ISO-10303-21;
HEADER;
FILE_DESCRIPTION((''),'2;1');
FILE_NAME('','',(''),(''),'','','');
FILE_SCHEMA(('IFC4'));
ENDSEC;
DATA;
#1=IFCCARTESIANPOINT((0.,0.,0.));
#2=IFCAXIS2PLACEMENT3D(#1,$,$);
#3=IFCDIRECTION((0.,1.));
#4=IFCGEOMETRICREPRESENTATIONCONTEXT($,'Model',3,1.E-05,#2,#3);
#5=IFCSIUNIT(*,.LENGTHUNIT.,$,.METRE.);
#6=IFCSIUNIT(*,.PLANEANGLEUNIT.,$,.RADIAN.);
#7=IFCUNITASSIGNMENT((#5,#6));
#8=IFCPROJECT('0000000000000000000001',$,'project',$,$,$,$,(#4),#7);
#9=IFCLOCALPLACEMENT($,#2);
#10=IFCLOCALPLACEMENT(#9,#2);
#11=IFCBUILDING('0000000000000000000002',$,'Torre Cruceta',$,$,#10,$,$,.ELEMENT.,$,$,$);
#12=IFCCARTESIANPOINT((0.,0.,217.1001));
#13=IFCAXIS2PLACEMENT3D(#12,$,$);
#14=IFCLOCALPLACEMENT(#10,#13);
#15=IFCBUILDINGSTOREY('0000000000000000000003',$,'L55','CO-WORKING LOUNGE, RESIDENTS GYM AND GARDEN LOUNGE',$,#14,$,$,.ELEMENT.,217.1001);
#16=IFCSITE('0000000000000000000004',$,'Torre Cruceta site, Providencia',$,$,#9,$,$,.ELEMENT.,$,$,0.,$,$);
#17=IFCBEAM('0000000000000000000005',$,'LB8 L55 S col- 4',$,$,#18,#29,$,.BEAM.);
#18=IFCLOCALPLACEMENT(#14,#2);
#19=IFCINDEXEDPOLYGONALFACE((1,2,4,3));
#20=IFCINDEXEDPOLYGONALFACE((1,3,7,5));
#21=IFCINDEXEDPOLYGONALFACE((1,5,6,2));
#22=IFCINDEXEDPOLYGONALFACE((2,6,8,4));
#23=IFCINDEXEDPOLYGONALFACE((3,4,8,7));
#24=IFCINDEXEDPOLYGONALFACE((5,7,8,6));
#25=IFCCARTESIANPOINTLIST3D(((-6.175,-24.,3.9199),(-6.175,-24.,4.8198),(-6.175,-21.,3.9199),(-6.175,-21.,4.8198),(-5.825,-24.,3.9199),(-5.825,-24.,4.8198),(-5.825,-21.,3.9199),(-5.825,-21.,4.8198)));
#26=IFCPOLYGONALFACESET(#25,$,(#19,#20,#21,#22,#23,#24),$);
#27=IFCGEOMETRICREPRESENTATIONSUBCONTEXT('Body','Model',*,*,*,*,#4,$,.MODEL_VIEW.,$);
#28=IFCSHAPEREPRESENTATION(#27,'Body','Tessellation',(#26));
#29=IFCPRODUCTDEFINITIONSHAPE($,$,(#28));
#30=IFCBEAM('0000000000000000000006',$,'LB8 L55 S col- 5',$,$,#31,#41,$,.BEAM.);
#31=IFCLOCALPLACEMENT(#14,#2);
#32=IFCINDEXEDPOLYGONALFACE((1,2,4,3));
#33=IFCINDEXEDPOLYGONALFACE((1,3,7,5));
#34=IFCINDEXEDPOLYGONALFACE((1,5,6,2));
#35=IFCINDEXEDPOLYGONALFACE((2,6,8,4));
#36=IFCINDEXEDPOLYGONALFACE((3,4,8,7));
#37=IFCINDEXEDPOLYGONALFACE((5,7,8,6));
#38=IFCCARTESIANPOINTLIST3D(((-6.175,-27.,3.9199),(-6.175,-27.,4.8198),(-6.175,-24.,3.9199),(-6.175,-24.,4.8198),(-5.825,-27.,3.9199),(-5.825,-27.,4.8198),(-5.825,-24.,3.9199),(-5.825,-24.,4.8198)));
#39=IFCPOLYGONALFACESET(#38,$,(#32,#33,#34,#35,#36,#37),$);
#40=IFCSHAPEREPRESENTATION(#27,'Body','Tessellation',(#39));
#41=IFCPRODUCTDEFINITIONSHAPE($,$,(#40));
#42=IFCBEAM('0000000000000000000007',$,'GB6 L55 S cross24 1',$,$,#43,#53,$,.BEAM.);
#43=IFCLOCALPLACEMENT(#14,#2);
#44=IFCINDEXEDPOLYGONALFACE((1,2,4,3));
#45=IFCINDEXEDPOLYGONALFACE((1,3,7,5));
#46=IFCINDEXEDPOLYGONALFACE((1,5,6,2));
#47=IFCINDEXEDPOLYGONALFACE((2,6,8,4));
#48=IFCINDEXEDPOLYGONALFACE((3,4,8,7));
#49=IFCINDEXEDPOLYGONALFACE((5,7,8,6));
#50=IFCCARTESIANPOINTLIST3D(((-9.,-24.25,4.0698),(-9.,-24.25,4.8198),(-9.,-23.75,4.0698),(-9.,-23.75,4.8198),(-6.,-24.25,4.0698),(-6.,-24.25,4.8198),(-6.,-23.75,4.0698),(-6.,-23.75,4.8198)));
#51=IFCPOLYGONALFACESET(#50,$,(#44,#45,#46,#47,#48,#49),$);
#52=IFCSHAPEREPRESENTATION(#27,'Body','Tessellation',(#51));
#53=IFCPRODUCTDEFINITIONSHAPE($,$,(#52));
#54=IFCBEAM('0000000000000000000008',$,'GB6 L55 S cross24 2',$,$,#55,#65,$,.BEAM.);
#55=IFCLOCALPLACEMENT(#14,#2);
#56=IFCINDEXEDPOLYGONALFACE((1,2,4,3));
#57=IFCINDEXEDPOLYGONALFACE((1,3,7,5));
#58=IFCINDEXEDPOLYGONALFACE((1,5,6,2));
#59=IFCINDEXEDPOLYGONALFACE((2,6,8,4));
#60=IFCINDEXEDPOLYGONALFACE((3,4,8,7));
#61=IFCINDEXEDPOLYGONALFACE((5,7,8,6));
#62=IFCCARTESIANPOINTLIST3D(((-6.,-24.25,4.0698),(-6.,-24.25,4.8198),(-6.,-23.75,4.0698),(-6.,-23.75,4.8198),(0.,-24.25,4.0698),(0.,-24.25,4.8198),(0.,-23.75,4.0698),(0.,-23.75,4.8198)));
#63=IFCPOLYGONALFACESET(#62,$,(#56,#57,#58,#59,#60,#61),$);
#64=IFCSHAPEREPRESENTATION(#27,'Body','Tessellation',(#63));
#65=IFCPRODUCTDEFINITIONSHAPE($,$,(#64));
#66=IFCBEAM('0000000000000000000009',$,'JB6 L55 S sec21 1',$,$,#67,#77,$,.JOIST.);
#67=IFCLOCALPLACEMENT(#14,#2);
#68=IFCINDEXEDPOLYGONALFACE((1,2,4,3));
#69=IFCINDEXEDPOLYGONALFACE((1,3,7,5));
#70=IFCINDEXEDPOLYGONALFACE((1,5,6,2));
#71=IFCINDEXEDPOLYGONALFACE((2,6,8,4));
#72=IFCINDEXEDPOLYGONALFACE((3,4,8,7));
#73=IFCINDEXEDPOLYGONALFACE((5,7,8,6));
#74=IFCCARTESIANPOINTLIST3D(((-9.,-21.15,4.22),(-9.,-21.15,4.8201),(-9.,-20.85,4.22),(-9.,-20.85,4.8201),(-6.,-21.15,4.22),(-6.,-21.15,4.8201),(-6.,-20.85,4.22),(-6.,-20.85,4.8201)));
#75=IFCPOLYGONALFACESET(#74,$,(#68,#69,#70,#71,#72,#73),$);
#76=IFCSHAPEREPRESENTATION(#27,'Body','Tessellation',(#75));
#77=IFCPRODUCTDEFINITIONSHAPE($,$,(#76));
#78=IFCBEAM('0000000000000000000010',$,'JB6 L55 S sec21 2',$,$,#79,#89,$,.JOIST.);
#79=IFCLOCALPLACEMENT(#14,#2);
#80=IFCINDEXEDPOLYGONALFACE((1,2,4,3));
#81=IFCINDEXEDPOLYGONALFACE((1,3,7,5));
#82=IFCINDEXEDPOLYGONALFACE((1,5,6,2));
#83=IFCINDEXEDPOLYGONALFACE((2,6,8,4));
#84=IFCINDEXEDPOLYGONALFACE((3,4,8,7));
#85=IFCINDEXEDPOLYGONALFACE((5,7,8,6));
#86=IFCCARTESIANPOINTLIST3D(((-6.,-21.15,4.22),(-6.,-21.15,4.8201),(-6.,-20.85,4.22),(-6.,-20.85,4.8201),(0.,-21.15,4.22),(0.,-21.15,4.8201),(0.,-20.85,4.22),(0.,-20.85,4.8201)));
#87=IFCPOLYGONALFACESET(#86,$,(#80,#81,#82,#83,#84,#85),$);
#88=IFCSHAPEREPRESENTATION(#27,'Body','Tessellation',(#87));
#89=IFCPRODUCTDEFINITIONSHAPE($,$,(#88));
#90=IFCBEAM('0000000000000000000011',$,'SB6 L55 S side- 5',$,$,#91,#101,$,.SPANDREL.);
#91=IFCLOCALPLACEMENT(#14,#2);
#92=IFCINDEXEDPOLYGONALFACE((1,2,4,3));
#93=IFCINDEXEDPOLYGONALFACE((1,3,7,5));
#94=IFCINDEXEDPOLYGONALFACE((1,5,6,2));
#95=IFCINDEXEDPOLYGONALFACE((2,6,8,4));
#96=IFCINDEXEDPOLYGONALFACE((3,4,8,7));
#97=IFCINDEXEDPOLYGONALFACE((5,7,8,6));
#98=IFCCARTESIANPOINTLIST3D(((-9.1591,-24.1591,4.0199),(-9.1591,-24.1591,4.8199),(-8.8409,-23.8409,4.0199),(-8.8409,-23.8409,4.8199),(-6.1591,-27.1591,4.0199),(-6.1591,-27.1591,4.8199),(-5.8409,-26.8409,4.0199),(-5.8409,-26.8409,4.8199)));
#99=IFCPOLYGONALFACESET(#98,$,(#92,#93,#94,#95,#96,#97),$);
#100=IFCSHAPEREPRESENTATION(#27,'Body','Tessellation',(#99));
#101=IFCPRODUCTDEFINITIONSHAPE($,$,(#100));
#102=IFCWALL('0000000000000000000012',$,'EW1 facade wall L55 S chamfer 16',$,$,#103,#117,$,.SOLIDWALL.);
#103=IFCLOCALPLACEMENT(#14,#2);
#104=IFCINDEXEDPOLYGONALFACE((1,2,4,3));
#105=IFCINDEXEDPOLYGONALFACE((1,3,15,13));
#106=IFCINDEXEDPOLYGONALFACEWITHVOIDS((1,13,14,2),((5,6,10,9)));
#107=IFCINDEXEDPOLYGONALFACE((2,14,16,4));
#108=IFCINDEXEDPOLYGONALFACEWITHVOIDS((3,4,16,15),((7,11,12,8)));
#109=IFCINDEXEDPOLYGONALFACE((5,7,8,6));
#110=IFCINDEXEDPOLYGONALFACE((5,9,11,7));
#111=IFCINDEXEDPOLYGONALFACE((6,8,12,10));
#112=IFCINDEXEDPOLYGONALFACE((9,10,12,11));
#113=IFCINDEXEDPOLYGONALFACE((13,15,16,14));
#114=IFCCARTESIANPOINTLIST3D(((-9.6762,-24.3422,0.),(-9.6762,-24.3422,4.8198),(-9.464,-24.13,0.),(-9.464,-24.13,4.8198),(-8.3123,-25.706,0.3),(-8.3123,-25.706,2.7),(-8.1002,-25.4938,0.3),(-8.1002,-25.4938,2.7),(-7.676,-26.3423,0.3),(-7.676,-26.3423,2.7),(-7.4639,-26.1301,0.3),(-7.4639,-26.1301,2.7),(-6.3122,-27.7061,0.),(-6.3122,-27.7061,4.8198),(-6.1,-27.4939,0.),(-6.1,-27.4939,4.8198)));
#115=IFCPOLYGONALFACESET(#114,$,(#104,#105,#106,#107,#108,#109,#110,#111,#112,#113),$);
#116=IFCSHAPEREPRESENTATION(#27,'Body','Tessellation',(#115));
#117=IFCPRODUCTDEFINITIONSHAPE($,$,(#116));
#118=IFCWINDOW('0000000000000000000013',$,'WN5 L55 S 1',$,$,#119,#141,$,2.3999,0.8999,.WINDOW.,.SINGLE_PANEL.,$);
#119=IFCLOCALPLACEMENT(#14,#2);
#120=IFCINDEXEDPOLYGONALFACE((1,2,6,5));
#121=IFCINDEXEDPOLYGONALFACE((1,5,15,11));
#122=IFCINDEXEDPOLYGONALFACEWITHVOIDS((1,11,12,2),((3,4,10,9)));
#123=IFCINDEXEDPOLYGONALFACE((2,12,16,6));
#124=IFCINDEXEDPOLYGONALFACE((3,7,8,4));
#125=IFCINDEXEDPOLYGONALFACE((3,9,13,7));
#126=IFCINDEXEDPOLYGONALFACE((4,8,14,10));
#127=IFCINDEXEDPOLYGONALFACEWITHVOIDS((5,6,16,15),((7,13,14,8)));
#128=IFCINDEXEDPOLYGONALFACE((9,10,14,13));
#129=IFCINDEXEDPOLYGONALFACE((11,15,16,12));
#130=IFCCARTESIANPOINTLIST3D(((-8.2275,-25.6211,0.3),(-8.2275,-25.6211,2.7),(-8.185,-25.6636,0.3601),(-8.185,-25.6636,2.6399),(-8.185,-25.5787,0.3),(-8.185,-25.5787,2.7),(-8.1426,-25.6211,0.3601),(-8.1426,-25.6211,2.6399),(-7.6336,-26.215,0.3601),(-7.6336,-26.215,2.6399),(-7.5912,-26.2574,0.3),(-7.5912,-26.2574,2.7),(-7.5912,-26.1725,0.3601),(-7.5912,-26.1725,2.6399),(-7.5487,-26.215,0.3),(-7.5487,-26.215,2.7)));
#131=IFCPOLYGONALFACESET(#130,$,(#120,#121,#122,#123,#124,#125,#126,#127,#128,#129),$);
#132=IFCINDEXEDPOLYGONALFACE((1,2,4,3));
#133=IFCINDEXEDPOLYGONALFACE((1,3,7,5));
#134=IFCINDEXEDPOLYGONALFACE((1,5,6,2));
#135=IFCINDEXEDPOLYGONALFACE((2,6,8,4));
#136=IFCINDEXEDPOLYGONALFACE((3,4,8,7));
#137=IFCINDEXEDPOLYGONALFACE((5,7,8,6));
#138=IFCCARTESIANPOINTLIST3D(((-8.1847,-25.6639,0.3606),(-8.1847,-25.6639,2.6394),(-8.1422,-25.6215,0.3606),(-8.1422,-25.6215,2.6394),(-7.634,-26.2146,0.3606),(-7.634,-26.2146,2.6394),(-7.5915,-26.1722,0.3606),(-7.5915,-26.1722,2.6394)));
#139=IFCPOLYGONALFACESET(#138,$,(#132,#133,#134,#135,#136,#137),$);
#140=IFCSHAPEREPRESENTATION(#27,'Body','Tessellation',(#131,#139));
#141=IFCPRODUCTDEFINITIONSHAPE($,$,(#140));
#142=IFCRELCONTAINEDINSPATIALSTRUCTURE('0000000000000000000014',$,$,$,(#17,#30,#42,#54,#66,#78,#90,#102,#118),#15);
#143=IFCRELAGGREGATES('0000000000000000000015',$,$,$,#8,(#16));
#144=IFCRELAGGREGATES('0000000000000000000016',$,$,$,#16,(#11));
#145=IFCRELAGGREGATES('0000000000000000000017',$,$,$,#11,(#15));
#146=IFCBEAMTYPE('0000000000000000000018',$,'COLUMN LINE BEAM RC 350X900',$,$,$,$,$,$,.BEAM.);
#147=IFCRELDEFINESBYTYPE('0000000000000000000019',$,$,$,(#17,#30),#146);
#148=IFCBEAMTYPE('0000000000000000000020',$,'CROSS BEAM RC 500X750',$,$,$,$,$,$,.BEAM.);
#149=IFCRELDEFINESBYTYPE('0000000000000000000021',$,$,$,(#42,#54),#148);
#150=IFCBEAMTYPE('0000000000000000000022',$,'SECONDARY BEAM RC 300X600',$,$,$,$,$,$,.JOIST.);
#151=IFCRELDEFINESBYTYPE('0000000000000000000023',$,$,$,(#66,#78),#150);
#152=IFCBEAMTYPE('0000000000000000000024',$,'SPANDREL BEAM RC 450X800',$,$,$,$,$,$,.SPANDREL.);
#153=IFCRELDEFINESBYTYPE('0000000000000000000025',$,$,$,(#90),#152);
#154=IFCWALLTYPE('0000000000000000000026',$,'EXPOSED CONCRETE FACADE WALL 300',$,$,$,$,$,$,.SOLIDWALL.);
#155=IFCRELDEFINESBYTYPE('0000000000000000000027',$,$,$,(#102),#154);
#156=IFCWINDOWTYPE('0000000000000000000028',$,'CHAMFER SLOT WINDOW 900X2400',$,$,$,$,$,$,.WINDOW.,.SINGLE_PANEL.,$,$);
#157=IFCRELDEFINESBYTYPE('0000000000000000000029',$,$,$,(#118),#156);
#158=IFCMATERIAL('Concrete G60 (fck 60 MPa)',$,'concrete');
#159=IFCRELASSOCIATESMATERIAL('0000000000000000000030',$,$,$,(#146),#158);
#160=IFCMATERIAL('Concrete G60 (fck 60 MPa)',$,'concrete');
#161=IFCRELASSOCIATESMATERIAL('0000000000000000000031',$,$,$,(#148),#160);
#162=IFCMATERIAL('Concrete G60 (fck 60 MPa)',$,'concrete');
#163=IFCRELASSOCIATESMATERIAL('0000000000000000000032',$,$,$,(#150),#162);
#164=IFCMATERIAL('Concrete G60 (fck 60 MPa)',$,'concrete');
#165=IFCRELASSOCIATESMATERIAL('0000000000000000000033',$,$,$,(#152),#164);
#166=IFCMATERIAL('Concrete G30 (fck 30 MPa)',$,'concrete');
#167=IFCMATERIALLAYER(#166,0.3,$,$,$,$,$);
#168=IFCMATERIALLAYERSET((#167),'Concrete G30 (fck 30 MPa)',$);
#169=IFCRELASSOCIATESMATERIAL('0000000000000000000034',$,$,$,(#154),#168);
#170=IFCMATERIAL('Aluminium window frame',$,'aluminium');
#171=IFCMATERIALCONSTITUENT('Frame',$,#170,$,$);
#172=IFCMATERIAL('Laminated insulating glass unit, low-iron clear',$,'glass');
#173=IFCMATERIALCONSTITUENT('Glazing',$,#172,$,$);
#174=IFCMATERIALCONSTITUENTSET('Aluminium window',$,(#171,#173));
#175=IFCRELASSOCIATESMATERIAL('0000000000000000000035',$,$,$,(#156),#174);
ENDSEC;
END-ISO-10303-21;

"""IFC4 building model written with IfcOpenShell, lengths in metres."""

from ifc_helpers import new_model, si_unit, direction, frame, frame_2d, origin, origin_2d, place, context, subcontext, project, spatial, rectangle, hollow_rectangle, extrude, material, layer, layer_set, constituent, constituent_set, material_profile, profile_set, type_object, element, fill, save


model = new_model("IFC4")

# Units and contexts
model_context = context("Model", 3, precision=1e-05, world=origin(), true_north=direction((0.0, 1.0)))
body_context = subcontext(model_context, "Body", "Model", "MODEL_VIEW")
ifc_project = project(units=[si_unit("LENGTHUNIT", "METRE"), si_unit("PLANEANGLEUNIT", "RADIAN")], contexts=[model_context])

# Site, building, storey
site_placement = place(None, origin())
site = spatial("IfcSite", under=ifc_project, at=site_placement, Name="Torre Cruceta site, Providencia", CompositionType="ELEMENT", RefElevation=0.0)
building_placement = place(site_placement, origin())
building = spatial("IfcBuilding", under=site, at=building_placement, Name="Torre Cruceta", CompositionType="ELEMENT")
storey_placement = place(building_placement, frame((0.0, 0.0, 217.1001)))
storey = spatial("IfcBuildingStorey", under=building, at=storey_placement, Name="L55", Description="CO-WORKING LOUNGE, RESIDENTS GYM AND GARDEN LOUNGE", CompositionType="ELEMENT", Elevation=217.1001)

# Beams
ifc_material_1 = material(Name="Concrete G60 (fck 60 MPa)", Category="concrete")
ifc_material_profile_1 = material_profile(ifc_material_1, rectangle(XDim=0.3501, YDim=0.8999, at=origin_2d()), Name="RC 350X900")
ifc_profile_set_1 = profile_set([ifc_material_profile_1], Name="Concrete G60 (fck 60 MPa)")
beam_type_1 = type_object("IfcBeamType", Name="COLUMN LINE BEAM RC 350X900", PredefinedType="BEAM", material=ifc_profile_set_1)
for number, where, z_axis, x_axis, name in (
    (1, (-6.0, -21.0, 4.3699), (0.0, -1.0, 0.0), (1.0, 0.0, 0.0), "LB8 L55 S col- 4"),
    (2, (-6.0, -24.0, 4.3699), (0.0, -1.0, 0.0), (1.0, 0.0, 0.0), "LB8 L55 S col- 5"),
):
    element("IfcBeam", number, at=place(storey_placement, frame(where, z_axis=z_axis, x_axis=x_axis)), inside=storey, type_object=beam_type_1, Name=name, PredefinedType="BEAM", context=body_context, shape_type="SweptSolid", body=[
        extrude(rectangle(XDim=0.3501, YDim=0.8999, at=origin_2d()), origin(), (0.0, 0.0, 1.0), 3.0),
    ])
ifc_material_2 = material(Name="Concrete G60 (fck 60 MPa)", Category="concrete")
ifc_material_profile_2 = material_profile(ifc_material_2, rectangle(XDim=0.5, YDim=0.75, at=origin_2d()), Name="RC 500X750")
ifc_profile_set_2 = profile_set([ifc_material_profile_2], Name="Concrete G60 (fck 60 MPa)")
beam_type_2 = type_object("IfcBeamType", Name="CROSS BEAM RC 500X750", PredefinedType="BEAM", material=ifc_profile_set_2)
beam_1_placement = place(storey_placement, frame((-9.0, -24.0, 4.4448), z_axis=(1.0, 0.0, 0.0), x_axis=(0.0, 1.0, 0.0)))
element("IfcBeam", 3, at=beam_1_placement, inside=storey, type_object=beam_type_2, Name="GB6 L55 S cross24 1", PredefinedType="BEAM", context=body_context, shape_type="SweptSolid", body=[
    extrude(rectangle(XDim=0.5, YDim=0.75, at=origin_2d()), origin(), (0.0, 0.0, 1.0), 3.0),
])
beam_2_placement = place(storey_placement, frame((-6.0, -24.0, 4.4448), z_axis=(1.0, 0.0, 0.0), x_axis=(0.0, 1.0, 0.0)))
element("IfcBeam", 4, at=beam_2_placement, inside=storey, type_object=beam_type_2, Name="GB6 L55 S cross24 2", PredefinedType="BEAM", context=body_context, shape_type="SweptSolid", body=[
    extrude(rectangle(XDim=0.5, YDim=0.75, at=origin_2d()), origin(), (0.0, 0.0, 1.0), 6.0),
])
ifc_material_3 = material(Name="Concrete G60 (fck 60 MPa)", Category="concrete")
ifc_material_profile_3 = material_profile(ifc_material_3, rectangle(XDim=0.3, YDim=0.6001, at=origin_2d()), Name="RC 300X600")
ifc_profile_set_3 = profile_set([ifc_material_profile_3], Name="Concrete G60 (fck 60 MPa)")
beam_type_3 = type_object("IfcBeamType", Name="SECONDARY BEAM RC 300X600", PredefinedType="JOIST", material=ifc_profile_set_3)
beam_3_placement = place(storey_placement, frame((-9.0, -21.0, 4.52), z_axis=(1.0, 0.0, 0.0), x_axis=(0.0, 1.0, 0.0)))
element("IfcBeam", 5, at=beam_3_placement, inside=storey, type_object=beam_type_3, Name="JB6 L55 S sec21 1", PredefinedType="JOIST", context=body_context, shape_type="SweptSolid", body=[
    extrude(rectangle(XDim=0.3, YDim=0.6001, at=origin_2d()), origin(), (0.0, 0.0, 1.0), 3.0),
])
beam_4_placement = place(storey_placement, frame((-6.0, -21.0, 4.52), z_axis=(1.0, 0.0, 0.0), x_axis=(0.0, 1.0, 0.0)))
element("IfcBeam", 6, at=beam_4_placement, inside=storey, type_object=beam_type_3, Name="JB6 L55 S sec21 2", PredefinedType="JOIST", context=body_context, shape_type="SweptSolid", body=[
    extrude(rectangle(XDim=0.3, YDim=0.6001, at=origin_2d()), origin(), (0.0, 0.0, 1.0), 6.0),
])
ifc_material_4 = material(Name="Concrete G60 (fck 60 MPa)", Category="concrete")
ifc_material_profile_4 = material_profile(ifc_material_4, rectangle(XDim=0.45, YDim=0.8, at=origin_2d()), Name="RC 450X800")
ifc_profile_set_4 = profile_set([ifc_material_profile_4], Name="Concrete G60 (fck 60 MPa)")
beam_type_4 = type_object("IfcBeamType", Name="SPANDREL BEAM RC 450X800", PredefinedType="SPANDREL", material=ifc_profile_set_4)
beam_5_placement = place(storey_placement, frame((-9.0, -24.0, 4.4199), z_axis=(0.707107, -0.707107, 0.0), x_axis=(0.707107, 0.707107, 0.0)))
element("IfcBeam", 7, at=beam_5_placement, inside=storey, type_object=beam_type_4, Name="SB6 L55 S side- 5", PredefinedType="SPANDREL", context=body_context, shape_type="SweptSolid", body=[
    extrude(rectangle(XDim=0.45, YDim=0.8, at=origin_2d()), origin(), (0.0, 0.0, 1.0), 4.2427),
])

# Wall, opening, window
ifc_material_5 = material(Name="Concrete G30 (fck 30 MPa)", Category="concrete")
ifc_layer_1 = layer(ifc_material_5, 0.3)
ifc_layer_set_1 = layer_set([ifc_layer_1], Name="Concrete G30 (fck 30 MPa)")
wall_type_1 = type_object("IfcWallType", Name="EXPOSED CONCRETE FACADE WALL 300", PredefinedType="SOLIDWALL", material=ifc_layer_set_1)
wall_1_placement = place(storey_placement, frame((-9.5701, -24.2361, 0.0), z_axis=(0.0, 0.0, 1.0), x_axis=(0.707107, -0.707107, 0.0)))
wall_1 = element("IfcWall", 8, at=wall_1_placement, inside=storey, type_object=wall_type_1, Name="EW1 facade wall L55 S chamfer 16", PredefinedType="SOLIDWALL", context=body_context, shape_type="SweptSolid", body=[
    extrude(rectangle(XDim=4.7573, YDim=0.3, at=frame_2d((2.3787, 0.0))), origin(), (0.0, 0.0, 1.0), 4.8198),
])
opening_1_placement = place(wall_1_placement, frame((1.9287, 0.0, 0.3)))
opening_1 = element("IfcOpeningElement", 9, at=opening_1_placement, cuts=wall_1, PredefinedType="OPENING", context=body_context, shape_type="SweptSolid", body=[
    extrude(rectangle(XDim=0.8999, YDim=2.3999, at=frame_2d((0.45, 1.2))), frame((0.0, 0.1599, 0.0), z_axis=(0.0, -1.0, 0.0), x_axis=(1.0, 0.0, 0.0)), (0.0, 0.0, 1.0), 0.3201),
])
ifc_material_6 = material(Name="Aluminium window frame", Category="aluminium")
ifc_constituent_1 = constituent(ifc_material_6, Name="Frame")
ifc_material_7 = material(Name="Laminated insulating glass unit, low-iron clear", Category="glass")
ifc_constituent_2 = constituent(ifc_material_7, Name="Glazing")
ifc_constituent_set_1 = constituent_set(constituents=[ifc_constituent_1, ifc_constituent_2], Name="Aluminium window")
window_type_1 = type_object("IfcWindowType", Name="CHAMFER SLOT WINDOW 900X2400", PartitioningType="SINGLE_PANEL", PredefinedType="WINDOW", material=ifc_constituent_set_1)
window_1_placement = place(opening_1_placement, origin())
window_1 = element("IfcWindow", 10, at=window_1_placement, inside=storey, type_object=window_type_1, Name="WN5 L55 S 1", OverallHeight=2.3999, OverallWidth=0.8999, PartitioningType="SINGLE_PANEL", PredefinedType="WINDOW", context=body_context, shape_type="SweptSolid", body=[
    extrude(hollow_rectangle(XDim=0.8999, YDim=2.3999, WallThickness=0.0601, at=frame_2d((0.45, 1.2))), frame((0.0, 0.03, 0.0), z_axis=(0.0, -1.0, 0.0), x_axis=(1.0, 0.0, 0.0)), (0.0, 0.0, 1.0), 0.0601),
    extrude(rectangle(XDim=0.7788, YDim=2.2788, at=frame_2d((0.45, 1.2))), frame((0.0, 0.03, 0.0), z_axis=(0.0, -1.0, 0.0), x_axis=(1.0, 0.0, 0.0)), (0.0, 0.0, 1.0), 0.0601),
])
fill(opening_1, window_1)

save(model, "model.ifc")
